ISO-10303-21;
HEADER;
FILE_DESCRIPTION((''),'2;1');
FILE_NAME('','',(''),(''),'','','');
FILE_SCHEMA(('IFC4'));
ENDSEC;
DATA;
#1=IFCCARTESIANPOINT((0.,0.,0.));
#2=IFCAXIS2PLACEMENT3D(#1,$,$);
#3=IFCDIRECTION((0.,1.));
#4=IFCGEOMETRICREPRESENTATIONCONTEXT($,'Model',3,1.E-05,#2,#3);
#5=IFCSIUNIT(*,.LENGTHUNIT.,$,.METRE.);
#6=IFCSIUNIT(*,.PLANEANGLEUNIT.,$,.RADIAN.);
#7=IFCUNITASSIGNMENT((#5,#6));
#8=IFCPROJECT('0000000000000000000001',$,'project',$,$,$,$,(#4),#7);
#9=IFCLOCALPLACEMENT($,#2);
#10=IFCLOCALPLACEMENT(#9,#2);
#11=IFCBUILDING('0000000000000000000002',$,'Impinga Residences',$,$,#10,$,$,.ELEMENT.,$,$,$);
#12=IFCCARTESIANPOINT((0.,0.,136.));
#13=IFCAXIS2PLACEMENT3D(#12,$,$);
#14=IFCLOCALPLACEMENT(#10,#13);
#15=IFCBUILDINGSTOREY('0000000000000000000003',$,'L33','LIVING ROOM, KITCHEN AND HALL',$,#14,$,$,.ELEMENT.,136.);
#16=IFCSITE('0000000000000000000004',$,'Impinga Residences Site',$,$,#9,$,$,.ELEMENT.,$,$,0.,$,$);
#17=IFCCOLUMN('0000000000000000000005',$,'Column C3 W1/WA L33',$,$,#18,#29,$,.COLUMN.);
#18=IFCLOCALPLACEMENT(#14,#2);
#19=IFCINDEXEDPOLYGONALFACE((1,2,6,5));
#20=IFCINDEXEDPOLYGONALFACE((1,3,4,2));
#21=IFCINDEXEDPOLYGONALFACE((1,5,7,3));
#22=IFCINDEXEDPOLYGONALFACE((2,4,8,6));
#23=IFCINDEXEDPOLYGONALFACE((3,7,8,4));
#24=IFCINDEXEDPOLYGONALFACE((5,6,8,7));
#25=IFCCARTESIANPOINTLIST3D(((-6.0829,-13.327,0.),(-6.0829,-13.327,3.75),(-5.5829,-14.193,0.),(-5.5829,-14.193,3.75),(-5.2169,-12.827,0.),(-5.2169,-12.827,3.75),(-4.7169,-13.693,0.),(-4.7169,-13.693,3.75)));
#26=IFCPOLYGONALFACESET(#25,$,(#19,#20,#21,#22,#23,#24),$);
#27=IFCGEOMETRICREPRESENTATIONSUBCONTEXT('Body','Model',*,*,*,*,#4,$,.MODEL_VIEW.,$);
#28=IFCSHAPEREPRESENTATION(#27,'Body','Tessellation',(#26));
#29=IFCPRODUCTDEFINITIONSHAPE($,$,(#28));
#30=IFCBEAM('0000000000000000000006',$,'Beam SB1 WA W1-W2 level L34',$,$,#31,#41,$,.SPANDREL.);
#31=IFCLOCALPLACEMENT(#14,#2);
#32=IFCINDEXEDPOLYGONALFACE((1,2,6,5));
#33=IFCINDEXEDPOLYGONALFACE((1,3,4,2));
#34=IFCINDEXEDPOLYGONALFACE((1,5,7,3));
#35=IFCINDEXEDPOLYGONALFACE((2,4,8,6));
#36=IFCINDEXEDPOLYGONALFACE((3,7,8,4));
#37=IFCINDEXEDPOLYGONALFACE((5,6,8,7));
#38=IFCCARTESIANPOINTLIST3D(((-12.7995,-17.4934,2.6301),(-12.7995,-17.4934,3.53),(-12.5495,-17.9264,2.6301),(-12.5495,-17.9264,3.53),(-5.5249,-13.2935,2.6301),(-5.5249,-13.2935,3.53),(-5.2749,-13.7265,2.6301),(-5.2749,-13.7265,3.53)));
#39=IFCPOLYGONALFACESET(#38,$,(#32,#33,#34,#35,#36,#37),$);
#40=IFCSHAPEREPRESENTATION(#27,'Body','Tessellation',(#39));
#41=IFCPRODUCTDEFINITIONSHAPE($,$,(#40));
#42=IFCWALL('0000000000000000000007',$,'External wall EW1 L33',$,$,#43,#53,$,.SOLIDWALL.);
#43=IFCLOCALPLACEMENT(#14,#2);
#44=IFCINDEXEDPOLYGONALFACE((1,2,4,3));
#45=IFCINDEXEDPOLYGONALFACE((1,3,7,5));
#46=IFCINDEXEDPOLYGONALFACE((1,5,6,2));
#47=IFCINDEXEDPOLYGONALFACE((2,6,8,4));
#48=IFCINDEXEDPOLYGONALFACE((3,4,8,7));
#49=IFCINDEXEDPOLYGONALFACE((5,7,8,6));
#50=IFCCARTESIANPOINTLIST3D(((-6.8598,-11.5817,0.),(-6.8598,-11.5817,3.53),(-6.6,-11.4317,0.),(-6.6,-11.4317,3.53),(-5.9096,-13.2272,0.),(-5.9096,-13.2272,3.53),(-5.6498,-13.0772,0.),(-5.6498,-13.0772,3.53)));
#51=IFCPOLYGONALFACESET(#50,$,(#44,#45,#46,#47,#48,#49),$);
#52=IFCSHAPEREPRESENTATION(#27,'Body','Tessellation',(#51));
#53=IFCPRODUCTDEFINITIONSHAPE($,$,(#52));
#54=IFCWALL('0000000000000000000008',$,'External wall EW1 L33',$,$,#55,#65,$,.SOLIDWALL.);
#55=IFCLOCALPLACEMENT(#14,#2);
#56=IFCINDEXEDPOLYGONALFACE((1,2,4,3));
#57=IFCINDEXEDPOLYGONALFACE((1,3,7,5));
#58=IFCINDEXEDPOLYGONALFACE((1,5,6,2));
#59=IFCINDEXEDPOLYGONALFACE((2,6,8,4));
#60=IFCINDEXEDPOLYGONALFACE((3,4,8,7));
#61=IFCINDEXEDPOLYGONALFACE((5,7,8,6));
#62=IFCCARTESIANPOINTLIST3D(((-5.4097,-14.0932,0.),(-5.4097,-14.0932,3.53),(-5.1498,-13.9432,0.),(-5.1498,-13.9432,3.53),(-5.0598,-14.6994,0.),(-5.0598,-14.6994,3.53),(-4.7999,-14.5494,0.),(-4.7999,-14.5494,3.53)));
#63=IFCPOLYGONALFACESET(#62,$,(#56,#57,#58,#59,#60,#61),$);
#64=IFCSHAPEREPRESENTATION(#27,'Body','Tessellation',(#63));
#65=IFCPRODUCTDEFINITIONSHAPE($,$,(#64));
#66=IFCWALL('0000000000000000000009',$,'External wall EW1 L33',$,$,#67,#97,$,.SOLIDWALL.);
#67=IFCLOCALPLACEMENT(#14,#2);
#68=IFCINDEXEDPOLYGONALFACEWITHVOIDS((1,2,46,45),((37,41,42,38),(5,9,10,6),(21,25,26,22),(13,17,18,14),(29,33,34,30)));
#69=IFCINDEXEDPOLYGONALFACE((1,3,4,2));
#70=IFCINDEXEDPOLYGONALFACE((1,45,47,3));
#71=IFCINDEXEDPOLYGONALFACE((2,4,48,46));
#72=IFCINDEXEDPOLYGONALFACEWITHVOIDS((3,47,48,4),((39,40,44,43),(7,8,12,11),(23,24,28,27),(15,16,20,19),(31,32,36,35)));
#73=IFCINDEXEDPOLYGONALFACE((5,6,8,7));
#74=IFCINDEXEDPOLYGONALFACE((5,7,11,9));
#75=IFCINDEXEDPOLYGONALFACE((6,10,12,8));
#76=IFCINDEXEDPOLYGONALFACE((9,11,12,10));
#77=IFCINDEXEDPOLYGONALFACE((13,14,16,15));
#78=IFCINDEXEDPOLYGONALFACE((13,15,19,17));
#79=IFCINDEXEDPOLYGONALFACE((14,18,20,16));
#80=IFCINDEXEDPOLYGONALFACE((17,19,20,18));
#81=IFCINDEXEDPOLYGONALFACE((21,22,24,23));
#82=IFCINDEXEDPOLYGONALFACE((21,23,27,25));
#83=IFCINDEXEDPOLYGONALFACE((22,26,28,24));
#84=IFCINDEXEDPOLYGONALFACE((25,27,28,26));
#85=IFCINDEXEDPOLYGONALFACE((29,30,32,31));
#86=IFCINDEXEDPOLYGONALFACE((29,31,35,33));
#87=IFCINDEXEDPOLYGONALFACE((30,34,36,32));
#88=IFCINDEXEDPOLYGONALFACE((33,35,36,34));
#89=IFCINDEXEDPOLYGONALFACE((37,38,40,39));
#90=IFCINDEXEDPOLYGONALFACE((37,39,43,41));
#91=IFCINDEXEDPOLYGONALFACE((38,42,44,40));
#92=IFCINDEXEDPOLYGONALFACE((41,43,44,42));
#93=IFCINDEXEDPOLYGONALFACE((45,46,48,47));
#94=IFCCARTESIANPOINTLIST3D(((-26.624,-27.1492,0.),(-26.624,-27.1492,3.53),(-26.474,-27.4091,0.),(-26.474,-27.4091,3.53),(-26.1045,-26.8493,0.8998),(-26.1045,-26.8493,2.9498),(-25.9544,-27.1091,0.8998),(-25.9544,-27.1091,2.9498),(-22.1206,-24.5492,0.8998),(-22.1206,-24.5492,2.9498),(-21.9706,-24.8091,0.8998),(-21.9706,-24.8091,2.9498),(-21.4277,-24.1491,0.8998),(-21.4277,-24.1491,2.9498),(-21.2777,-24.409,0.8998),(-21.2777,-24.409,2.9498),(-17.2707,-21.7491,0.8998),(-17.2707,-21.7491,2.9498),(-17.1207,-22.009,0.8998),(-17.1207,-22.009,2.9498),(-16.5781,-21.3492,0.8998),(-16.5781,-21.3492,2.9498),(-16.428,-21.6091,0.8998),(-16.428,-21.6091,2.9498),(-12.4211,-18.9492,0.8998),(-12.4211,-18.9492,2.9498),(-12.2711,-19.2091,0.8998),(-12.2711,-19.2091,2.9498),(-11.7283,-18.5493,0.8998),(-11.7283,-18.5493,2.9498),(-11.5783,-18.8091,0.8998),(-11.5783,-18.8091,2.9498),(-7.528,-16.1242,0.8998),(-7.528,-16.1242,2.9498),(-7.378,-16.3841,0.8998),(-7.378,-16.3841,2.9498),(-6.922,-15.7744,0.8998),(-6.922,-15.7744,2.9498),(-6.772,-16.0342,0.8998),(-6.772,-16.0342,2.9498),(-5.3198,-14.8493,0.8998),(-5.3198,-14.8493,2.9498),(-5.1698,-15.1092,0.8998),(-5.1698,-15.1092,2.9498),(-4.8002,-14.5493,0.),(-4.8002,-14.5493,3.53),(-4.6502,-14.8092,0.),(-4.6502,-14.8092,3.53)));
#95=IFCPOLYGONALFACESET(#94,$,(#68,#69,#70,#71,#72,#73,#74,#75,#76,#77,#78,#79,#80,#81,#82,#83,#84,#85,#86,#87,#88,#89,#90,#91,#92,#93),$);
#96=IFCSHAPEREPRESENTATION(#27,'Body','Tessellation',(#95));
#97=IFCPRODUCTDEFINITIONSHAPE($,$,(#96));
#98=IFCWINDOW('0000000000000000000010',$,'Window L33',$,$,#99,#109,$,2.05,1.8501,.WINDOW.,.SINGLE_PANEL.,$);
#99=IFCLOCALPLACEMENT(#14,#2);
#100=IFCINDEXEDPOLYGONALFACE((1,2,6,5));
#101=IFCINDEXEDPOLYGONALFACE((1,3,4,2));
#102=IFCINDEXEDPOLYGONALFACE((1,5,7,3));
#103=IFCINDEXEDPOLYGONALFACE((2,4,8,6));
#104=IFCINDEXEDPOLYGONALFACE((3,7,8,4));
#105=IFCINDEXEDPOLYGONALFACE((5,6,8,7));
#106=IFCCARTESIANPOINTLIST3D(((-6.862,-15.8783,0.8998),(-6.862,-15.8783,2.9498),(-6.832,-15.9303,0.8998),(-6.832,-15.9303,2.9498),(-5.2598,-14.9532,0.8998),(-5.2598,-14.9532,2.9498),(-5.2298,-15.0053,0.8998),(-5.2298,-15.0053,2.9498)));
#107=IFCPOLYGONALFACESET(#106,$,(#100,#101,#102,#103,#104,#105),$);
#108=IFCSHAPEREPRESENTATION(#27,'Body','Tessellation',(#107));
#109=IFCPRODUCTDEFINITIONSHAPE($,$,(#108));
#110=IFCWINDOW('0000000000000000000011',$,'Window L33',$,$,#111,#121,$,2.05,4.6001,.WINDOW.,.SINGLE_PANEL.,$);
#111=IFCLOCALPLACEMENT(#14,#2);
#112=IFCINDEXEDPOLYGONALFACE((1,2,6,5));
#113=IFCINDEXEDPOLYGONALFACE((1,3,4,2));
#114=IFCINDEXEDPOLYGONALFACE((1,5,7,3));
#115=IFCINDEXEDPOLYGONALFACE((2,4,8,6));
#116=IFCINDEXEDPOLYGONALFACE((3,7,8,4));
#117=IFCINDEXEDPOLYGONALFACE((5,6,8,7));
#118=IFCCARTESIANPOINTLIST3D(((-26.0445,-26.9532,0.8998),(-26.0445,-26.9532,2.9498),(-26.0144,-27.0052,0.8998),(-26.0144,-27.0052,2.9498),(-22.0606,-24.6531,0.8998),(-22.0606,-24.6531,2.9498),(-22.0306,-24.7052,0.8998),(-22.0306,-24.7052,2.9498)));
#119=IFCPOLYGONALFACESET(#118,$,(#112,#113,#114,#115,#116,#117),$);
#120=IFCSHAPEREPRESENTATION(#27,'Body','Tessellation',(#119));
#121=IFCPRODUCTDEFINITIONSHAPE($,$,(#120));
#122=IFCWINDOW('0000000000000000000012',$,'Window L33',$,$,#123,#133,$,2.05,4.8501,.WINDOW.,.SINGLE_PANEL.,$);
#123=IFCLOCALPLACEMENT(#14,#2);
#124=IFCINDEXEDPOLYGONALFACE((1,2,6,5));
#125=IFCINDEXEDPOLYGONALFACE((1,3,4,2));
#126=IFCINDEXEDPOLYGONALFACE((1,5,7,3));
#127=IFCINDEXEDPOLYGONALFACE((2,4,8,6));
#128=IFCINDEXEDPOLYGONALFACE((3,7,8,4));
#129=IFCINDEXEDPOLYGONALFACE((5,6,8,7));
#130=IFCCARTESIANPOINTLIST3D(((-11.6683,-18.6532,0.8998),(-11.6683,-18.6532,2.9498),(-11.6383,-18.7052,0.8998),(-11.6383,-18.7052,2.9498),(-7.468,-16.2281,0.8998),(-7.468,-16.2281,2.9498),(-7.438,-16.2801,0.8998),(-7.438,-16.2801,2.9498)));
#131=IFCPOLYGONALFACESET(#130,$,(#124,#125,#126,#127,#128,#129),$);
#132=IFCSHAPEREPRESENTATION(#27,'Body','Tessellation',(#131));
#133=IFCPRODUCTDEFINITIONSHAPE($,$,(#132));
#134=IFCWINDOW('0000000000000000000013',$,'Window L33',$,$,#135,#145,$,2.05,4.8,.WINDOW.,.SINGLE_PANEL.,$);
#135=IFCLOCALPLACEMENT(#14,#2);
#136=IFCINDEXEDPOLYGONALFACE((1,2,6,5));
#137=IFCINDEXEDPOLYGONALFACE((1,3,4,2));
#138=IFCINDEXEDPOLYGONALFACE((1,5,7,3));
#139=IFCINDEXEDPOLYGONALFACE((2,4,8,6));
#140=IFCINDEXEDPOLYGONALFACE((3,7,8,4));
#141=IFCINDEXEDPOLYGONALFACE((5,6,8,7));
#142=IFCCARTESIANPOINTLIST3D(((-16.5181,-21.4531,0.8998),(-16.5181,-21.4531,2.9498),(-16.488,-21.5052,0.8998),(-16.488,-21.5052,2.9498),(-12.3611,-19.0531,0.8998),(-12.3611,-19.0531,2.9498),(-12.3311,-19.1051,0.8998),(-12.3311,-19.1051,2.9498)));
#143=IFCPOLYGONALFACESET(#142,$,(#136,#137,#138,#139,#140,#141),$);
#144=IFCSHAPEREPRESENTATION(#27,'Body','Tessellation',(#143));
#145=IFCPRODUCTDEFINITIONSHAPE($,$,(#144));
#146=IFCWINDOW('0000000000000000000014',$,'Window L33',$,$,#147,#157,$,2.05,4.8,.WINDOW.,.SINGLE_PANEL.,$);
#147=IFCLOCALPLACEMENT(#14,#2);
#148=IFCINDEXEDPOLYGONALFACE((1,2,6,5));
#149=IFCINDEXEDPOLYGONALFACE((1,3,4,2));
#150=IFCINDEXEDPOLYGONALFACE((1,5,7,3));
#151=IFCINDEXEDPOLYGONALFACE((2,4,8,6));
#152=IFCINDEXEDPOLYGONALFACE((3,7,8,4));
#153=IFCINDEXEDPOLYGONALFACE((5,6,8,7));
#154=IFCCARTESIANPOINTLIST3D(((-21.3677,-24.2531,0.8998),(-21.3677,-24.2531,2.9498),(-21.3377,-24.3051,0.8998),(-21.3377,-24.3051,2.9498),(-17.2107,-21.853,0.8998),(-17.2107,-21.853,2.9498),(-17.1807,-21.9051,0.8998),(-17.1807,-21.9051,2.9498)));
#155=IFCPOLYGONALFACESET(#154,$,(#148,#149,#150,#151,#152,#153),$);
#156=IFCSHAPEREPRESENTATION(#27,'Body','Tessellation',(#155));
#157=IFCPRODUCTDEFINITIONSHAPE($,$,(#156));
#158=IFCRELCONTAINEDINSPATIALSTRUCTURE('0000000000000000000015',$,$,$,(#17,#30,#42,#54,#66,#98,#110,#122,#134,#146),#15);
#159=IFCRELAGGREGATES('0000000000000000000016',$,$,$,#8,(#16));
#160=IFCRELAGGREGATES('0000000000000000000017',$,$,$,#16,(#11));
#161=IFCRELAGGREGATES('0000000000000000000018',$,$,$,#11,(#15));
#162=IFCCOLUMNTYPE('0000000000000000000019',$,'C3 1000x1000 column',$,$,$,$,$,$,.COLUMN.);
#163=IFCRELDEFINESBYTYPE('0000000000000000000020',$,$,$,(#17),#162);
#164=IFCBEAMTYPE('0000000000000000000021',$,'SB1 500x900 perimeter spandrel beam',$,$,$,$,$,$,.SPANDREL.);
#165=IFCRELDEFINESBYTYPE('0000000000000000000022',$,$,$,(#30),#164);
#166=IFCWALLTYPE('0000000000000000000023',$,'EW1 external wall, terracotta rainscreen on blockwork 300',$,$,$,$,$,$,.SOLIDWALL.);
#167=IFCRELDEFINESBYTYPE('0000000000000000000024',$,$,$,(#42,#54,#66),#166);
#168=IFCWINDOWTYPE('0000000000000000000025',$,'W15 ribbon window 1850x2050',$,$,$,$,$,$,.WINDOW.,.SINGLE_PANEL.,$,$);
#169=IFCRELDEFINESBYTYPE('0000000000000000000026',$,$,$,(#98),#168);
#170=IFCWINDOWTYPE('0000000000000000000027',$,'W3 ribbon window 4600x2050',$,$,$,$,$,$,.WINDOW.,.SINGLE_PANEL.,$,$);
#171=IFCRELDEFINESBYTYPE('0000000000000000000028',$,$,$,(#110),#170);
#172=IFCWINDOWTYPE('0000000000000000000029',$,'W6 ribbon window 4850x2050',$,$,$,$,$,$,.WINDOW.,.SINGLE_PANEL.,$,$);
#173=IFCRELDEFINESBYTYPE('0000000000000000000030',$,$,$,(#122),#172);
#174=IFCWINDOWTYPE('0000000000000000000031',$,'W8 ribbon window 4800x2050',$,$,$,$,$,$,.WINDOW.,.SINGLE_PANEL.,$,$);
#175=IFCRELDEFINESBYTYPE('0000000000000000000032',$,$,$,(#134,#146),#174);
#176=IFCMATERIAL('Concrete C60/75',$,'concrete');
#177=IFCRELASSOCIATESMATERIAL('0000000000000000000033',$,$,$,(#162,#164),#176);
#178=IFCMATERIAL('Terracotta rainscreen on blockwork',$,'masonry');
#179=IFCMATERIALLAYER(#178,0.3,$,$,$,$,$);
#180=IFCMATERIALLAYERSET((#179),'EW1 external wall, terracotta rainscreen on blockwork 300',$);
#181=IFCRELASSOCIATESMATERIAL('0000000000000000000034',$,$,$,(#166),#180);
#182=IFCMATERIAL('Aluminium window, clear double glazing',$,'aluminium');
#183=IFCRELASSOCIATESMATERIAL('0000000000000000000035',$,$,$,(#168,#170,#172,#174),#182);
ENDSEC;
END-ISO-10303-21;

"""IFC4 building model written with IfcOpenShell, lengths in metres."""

from ifc_helpers import new_model, si_unit, direction, frame, frame_2d, origin, origin_2d, place, context, subcontext, project, spatial, rectangle, extrude, material, layer, layer_set, material_profile, profile_set, type_object, element, fill, save


model = new_model("IFC4")

# Units and contexts
model_context = context("Model", 3, precision=1e-05, world=origin(), true_north=direction((0.0, 1.0)))
body_context = subcontext(model_context, "Body", "Model", "MODEL_VIEW")
ifc_project = project(units=[si_unit("LENGTHUNIT", "METRE"), si_unit("PLANEANGLEUNIT", "RADIAN")], contexts=[model_context])

# Site, building, storey
site_placement = place(None, origin())
site = spatial("IfcSite", under=ifc_project, at=site_placement, Name="Impinga Residences Site", CompositionType="ELEMENT", RefElevation=0.0)
building_placement = place(site_placement, origin())
building = spatial("IfcBuilding", under=site, at=building_placement, Name="Impinga Residences", CompositionType="ELEMENT")
storey_placement = place(building_placement, frame((0.0, 0.0, 136.0)))
storey = spatial("IfcBuildingStorey", under=building, at=storey_placement, Name="L33", Description="LIVING ROOM, KITCHEN AND HALL", CompositionType="ELEMENT", Elevation=136.0)

# Column
ifc_material_1 = material(Name="Concrete C60/75", Category="concrete")
ifc_material_profile_1 = material_profile(ifc_material_1, rectangle(XDim=1.0, YDim=1.0, at=origin_2d()), Name="RC 1000x1000")
ifc_profile_set_1 = profile_set([ifc_material_profile_1], Name="Concrete C60/75")
column_type = type_object("IfcColumnType", Name="C3 1000x1000 column", PredefinedType="COLUMN", material=ifc_profile_set_1)
column_placement = place(storey_placement, frame((-5.3999, -13.51, 0.0), z_axis=(0.0, 0.0, 1.0), x_axis=(-0.5, 0.866025, 0.0)))
element("IfcColumn", 1, at=column_placement, inside=storey, type_object=column_type, Name="Column C3 W1/WA L33", PredefinedType="COLUMN", context=body_context, shape_type="SweptSolid", body=[
    extrude(rectangle(XDim=1.0, YDim=1.0, at=origin_2d()), origin(), (0.0, 0.0, 1.0), 3.75),
])

# Beam
ifc_material_profile_2 = material_profile(ifc_material_1, rectangle(XDim=0.5, YDim=0.8999, at=origin_2d()), Name="RC 500x900")
ifc_profile_set_2 = profile_set([ifc_material_profile_2], Name="Concrete C60/75")
beam_type = type_object("IfcBeamType", Name="SB1 500x900 perimeter spandrel beam", PredefinedType="SPANDREL", material=ifc_profile_set_2)
beam_placement = place(storey_placement, frame((-5.3999, -13.51, 3.0801), z_axis=(-0.866029, -0.499993, 0.0), x_axis=(0.499993, -0.866029, 0.0)))
element("IfcBeam", 2, at=beam_placement, inside=storey, type_object=beam_type, Name="Beam SB1 WA W1-W2 level L34", PredefinedType="SPANDREL", context=body_context, shape_type="SweptSolid", body=[
    extrude(rectangle(XDim=0.5, YDim=0.8999, at=origin_2d()), origin(), (0.0, 0.0, 1.0), 8.3999),
])

# Walls
ifc_material_2 = material(Name="Terracotta rainscreen on blockwork", Category="masonry")
ifc_layer_1 = layer(ifc_material_2, 0.3)
ifc_layer_set_1 = layer_set([ifc_layer_1], Name="EW1 external wall, terracotta rainscreen on blockwork 300")
wall_type_1 = type_object("IfcWallType", Name="EW1 external wall, terracotta rainscreen on blockwork 300", PredefinedType="SOLIDWALL", material=ifc_layer_set_1)
wall_1_placement = place(storey_placement, frame((-6.73, -11.5066, 0.0), z_axis=(0.0, 0.0, 1.0), x_axis=(0.500064, -0.865989, 0.0)))
element("IfcWall", 3, at=wall_1_placement, inside=storey, type_object=wall_type_1, Name="External wall EW1 L33", PredefinedType="SOLIDWALL", context=body_context, shape_type="SweptSolid", body=[
    extrude(rectangle(XDim=1.9001, YDim=0.3, at=frame_2d((0.9502, 0.0))), origin(), (0.0, 0.0, 1.0), 3.53),
])
wall_2_placement = place(storey_placement, frame((-5.2798, -14.0181, 0.0), z_axis=(0.0, 0.0, 1.0), x_axis=(0.499853, -0.86611, 0.0)))
element("IfcWall", 4, at=wall_2_placement, inside=storey, type_object=wall_type_1, Name="External wall EW1 L33", PredefinedType="SOLIDWALL", context=body_context, shape_type="SweptSolid", body=[
    extrude(rectangle(XDim=0.7, YDim=0.3, at=frame_2d((0.3501, 0.0))), origin(), (0.0, 0.0, 1.0), 3.53),
])

# Wall, openings, windows
wall_3_placement = place(storey_placement, frame((-4.7251, -14.6792, 0.0), z_axis=(0.0, 0.0, 1.0), x_axis=(-0.866027, -0.499998, 0.0)))
wall_3 = element("IfcWall", 5, at=wall_3_placement, inside=storey, type_object=wall_type_1, Name="External wall EW1 L33", PredefinedType="SOLIDWALL", context=body_context, shape_type="SweptSolid", body=[
    extrude(rectangle(XDim=25.2, YDim=0.3, at=frame_2d((12.6001, 0.0))), origin(), (0.0, 0.0, 1.0), 3.53),
])
opening_1_placement = place(wall_3_placement, frame((0.6001, 0.0, 0.8999)))
opening_1 = element("IfcOpeningElement", 6, at=opening_1_placement, cuts=wall_3, PredefinedType="OPENING", context=body_context, shape_type="SweptSolid", body=[
    extrude(rectangle(XDim=1.8501, YDim=2.05, at=frame_2d((0.925, 1.0249))), frame((0.0, 0.1599, 0.0), z_axis=(0.0, -1.0, 0.0), x_axis=(1.0, 0.0, 0.0)), (0.0, 0.0, 1.0), 0.3201),
])
opening_2_placement = place(wall_3_placement, frame((3.1499, 0.0, 0.8999)))
opening_2 = element("IfcOpeningElement", 7, at=opening_2_placement, cuts=wall_3, PredefinedType="OPENING", context=body_context, shape_type="SweptSolid", body=[
    extrude(rectangle(XDim=4.8501, YDim=2.05, at=frame_2d((2.425, 1.0249))), frame((0.0, 0.1599, 0.0), z_axis=(0.0, -1.0, 0.0), x_axis=(1.0, 0.0, 0.0)), (0.0, 0.0, 1.0), 0.3201),
])
opening_3_placement = place(wall_3_placement, frame((8.8, 0.0, 0.8999)))
opening_3 = element("IfcOpeningElement", 8, at=opening_3_placement, cuts=wall_3, PredefinedType="OPENING", context=body_context, shape_type="SweptSolid", body=[
    extrude(rectangle(XDim=4.8, YDim=2.05, at=frame_2d((2.3999, 1.0249))), frame((0.0, 0.1599, 0.0), z_axis=(0.0, -1.0, 0.0), x_axis=(1.0, 0.0, 0.0)), (0.0, 0.0, 1.0), 0.3201),
])
opening_4_placement = place(wall_3_placement, frame((14.3999, 0.0, 0.8999)))
opening_4 = element("IfcOpeningElement", 9, at=opening_4_placement, cuts=wall_3, PredefinedType="OPENING", context=body_context, shape_type="SweptSolid", body=[
    extrude(rectangle(XDim=4.8, YDim=2.05, at=frame_2d((2.3999, 1.0249))), frame((0.0, 0.1599, 0.0), z_axis=(0.0, -1.0, 0.0), x_axis=(1.0, 0.0, 0.0)), (0.0, 0.0, 1.0), 0.3201),
])
opening_5_placement = place(wall_3_placement, frame((20.0, 0.0, 0.8999)))
opening_5 = element("IfcOpeningElement", 10, at=opening_5_placement, cuts=wall_3, PredefinedType="OPENING", context=body_context, shape_type="SweptSolid", body=[
    extrude(rectangle(XDim=4.6001, YDim=2.05, at=frame_2d((2.3, 1.0249))), frame((0.0, 0.1599, 0.0), z_axis=(0.0, -1.0, 0.0), x_axis=(1.0, 0.0, 0.0)), (0.0, 0.0, 1.0), 0.3201),
])
ifc_material_3 = material(Name="Aluminium window, clear double glazing", Category="aluminium")
window_type_1 = type_object("IfcWindowType", Name="W15 ribbon window 1850x2050", PartitioningType="SINGLE_PANEL", PredefinedType="WINDOW", material=ifc_material_3)
window_1_placement = place(opening_1_placement, origin())
window_1 = element("IfcWindow", 11, at=window_1_placement, inside=storey, type_object=window_type_1, Name="Window L33", OverallHeight=2.05, OverallWidth=1.8501, PartitioningType="SINGLE_PANEL", PredefinedType="WINDOW", context=body_context, shape_type="SweptSolid", body=[
    extrude(rectangle(XDim=1.8501, YDim=2.05, at=frame_2d((0.925, 1.0249))), frame((0.0, 0.03, 0.0), z_axis=(0.0, -1.0, 0.0), x_axis=(1.0, 0.0, 0.0)), (0.0, 0.0, 1.0), 0.0601),
])
fill(opening_1, window_1)
window_type_2 = type_object("IfcWindowType", Name="W3 ribbon window 4600x2050", PartitioningType="SINGLE_PANEL", PredefinedType="WINDOW", material=ifc_material_3)
window_2_placement = place(opening_5_placement, origin())
window_2 = element("IfcWindow", 12, at=window_2_placement, inside=storey, type_object=window_type_2, Name="Window L33", OverallHeight=2.05, OverallWidth=4.6001, PartitioningType="SINGLE_PANEL", PredefinedType="WINDOW", context=body_context, shape_type="SweptSolid", body=[
    extrude(rectangle(XDim=4.6001, YDim=2.05, at=frame_2d((2.3, 1.0249))), frame((0.0, 0.03, 0.0), z_axis=(0.0, -1.0, 0.0), x_axis=(1.0, 0.0, 0.0)), (0.0, 0.0, 1.0), 0.0601),
])
fill(opening_5, window_2)
window_type_3 = type_object("IfcWindowType", Name="W6 ribbon window 4850x2050", PartitioningType="SINGLE_PANEL", PredefinedType="WINDOW", material=ifc_material_3)
window_3_placement = place(opening_2_placement, origin())
window_3 = element("IfcWindow", 13, at=window_3_placement, inside=storey, type_object=window_type_3, Name="Window L33", OverallHeight=2.05, OverallWidth=4.8501, PartitioningType="SINGLE_PANEL", PredefinedType="WINDOW", context=body_context, shape_type="SweptSolid", body=[
    extrude(rectangle(XDim=4.8501, YDim=2.05, at=frame_2d((2.425, 1.0249))), frame((0.0, 0.03, 0.0), z_axis=(0.0, -1.0, 0.0), x_axis=(1.0, 0.0, 0.0)), (0.0, 0.0, 1.0), 0.0601),
])
fill(opening_2, window_3)
window_type_4 = type_object("IfcWindowType", Name="W8 ribbon window 4800x2050", PartitioningType="SINGLE_PANEL", PredefinedType="WINDOW", material=ifc_material_3)
window_4_placement = place(opening_3_placement, origin())
window_4 = element("IfcWindow", 14, at=window_4_placement, inside=storey, type_object=window_type_4, Name="Window L33", OverallHeight=2.05, OverallWidth=4.8, PartitioningType="SINGLE_PANEL", PredefinedType="WINDOW", context=body_context, shape_type="SweptSolid", body=[
    extrude(rectangle(XDim=4.8, YDim=2.05, at=frame_2d((2.3999, 1.0249))), frame((0.0, 0.03, 0.0), z_axis=(0.0, -1.0, 0.0), x_axis=(1.0, 0.0, 0.0)), (0.0, 0.0, 1.0), 0.0601),
])
fill(opening_3, window_4)
window_5_placement = place(opening_4_placement, origin())
window_5 = element("IfcWindow", 15, at=window_5_placement, inside=storey, type_object=window_type_4, Name="Window L33", OverallHeight=2.05, OverallWidth=4.8, PartitioningType="SINGLE_PANEL", PredefinedType="WINDOW", context=body_context, shape_type="SweptSolid", body=[
    extrude(rectangle(XDim=4.8, YDim=2.05, at=frame_2d((2.3999, 1.0249))), frame((0.0, 0.03, 0.0), z_axis=(0.0, -1.0, 0.0), x_axis=(1.0, 0.0, 0.0)), (0.0, 0.0, 1.0), 0.0601),
])
fill(opening_4, window_5)

save(model, "model.ifc")
